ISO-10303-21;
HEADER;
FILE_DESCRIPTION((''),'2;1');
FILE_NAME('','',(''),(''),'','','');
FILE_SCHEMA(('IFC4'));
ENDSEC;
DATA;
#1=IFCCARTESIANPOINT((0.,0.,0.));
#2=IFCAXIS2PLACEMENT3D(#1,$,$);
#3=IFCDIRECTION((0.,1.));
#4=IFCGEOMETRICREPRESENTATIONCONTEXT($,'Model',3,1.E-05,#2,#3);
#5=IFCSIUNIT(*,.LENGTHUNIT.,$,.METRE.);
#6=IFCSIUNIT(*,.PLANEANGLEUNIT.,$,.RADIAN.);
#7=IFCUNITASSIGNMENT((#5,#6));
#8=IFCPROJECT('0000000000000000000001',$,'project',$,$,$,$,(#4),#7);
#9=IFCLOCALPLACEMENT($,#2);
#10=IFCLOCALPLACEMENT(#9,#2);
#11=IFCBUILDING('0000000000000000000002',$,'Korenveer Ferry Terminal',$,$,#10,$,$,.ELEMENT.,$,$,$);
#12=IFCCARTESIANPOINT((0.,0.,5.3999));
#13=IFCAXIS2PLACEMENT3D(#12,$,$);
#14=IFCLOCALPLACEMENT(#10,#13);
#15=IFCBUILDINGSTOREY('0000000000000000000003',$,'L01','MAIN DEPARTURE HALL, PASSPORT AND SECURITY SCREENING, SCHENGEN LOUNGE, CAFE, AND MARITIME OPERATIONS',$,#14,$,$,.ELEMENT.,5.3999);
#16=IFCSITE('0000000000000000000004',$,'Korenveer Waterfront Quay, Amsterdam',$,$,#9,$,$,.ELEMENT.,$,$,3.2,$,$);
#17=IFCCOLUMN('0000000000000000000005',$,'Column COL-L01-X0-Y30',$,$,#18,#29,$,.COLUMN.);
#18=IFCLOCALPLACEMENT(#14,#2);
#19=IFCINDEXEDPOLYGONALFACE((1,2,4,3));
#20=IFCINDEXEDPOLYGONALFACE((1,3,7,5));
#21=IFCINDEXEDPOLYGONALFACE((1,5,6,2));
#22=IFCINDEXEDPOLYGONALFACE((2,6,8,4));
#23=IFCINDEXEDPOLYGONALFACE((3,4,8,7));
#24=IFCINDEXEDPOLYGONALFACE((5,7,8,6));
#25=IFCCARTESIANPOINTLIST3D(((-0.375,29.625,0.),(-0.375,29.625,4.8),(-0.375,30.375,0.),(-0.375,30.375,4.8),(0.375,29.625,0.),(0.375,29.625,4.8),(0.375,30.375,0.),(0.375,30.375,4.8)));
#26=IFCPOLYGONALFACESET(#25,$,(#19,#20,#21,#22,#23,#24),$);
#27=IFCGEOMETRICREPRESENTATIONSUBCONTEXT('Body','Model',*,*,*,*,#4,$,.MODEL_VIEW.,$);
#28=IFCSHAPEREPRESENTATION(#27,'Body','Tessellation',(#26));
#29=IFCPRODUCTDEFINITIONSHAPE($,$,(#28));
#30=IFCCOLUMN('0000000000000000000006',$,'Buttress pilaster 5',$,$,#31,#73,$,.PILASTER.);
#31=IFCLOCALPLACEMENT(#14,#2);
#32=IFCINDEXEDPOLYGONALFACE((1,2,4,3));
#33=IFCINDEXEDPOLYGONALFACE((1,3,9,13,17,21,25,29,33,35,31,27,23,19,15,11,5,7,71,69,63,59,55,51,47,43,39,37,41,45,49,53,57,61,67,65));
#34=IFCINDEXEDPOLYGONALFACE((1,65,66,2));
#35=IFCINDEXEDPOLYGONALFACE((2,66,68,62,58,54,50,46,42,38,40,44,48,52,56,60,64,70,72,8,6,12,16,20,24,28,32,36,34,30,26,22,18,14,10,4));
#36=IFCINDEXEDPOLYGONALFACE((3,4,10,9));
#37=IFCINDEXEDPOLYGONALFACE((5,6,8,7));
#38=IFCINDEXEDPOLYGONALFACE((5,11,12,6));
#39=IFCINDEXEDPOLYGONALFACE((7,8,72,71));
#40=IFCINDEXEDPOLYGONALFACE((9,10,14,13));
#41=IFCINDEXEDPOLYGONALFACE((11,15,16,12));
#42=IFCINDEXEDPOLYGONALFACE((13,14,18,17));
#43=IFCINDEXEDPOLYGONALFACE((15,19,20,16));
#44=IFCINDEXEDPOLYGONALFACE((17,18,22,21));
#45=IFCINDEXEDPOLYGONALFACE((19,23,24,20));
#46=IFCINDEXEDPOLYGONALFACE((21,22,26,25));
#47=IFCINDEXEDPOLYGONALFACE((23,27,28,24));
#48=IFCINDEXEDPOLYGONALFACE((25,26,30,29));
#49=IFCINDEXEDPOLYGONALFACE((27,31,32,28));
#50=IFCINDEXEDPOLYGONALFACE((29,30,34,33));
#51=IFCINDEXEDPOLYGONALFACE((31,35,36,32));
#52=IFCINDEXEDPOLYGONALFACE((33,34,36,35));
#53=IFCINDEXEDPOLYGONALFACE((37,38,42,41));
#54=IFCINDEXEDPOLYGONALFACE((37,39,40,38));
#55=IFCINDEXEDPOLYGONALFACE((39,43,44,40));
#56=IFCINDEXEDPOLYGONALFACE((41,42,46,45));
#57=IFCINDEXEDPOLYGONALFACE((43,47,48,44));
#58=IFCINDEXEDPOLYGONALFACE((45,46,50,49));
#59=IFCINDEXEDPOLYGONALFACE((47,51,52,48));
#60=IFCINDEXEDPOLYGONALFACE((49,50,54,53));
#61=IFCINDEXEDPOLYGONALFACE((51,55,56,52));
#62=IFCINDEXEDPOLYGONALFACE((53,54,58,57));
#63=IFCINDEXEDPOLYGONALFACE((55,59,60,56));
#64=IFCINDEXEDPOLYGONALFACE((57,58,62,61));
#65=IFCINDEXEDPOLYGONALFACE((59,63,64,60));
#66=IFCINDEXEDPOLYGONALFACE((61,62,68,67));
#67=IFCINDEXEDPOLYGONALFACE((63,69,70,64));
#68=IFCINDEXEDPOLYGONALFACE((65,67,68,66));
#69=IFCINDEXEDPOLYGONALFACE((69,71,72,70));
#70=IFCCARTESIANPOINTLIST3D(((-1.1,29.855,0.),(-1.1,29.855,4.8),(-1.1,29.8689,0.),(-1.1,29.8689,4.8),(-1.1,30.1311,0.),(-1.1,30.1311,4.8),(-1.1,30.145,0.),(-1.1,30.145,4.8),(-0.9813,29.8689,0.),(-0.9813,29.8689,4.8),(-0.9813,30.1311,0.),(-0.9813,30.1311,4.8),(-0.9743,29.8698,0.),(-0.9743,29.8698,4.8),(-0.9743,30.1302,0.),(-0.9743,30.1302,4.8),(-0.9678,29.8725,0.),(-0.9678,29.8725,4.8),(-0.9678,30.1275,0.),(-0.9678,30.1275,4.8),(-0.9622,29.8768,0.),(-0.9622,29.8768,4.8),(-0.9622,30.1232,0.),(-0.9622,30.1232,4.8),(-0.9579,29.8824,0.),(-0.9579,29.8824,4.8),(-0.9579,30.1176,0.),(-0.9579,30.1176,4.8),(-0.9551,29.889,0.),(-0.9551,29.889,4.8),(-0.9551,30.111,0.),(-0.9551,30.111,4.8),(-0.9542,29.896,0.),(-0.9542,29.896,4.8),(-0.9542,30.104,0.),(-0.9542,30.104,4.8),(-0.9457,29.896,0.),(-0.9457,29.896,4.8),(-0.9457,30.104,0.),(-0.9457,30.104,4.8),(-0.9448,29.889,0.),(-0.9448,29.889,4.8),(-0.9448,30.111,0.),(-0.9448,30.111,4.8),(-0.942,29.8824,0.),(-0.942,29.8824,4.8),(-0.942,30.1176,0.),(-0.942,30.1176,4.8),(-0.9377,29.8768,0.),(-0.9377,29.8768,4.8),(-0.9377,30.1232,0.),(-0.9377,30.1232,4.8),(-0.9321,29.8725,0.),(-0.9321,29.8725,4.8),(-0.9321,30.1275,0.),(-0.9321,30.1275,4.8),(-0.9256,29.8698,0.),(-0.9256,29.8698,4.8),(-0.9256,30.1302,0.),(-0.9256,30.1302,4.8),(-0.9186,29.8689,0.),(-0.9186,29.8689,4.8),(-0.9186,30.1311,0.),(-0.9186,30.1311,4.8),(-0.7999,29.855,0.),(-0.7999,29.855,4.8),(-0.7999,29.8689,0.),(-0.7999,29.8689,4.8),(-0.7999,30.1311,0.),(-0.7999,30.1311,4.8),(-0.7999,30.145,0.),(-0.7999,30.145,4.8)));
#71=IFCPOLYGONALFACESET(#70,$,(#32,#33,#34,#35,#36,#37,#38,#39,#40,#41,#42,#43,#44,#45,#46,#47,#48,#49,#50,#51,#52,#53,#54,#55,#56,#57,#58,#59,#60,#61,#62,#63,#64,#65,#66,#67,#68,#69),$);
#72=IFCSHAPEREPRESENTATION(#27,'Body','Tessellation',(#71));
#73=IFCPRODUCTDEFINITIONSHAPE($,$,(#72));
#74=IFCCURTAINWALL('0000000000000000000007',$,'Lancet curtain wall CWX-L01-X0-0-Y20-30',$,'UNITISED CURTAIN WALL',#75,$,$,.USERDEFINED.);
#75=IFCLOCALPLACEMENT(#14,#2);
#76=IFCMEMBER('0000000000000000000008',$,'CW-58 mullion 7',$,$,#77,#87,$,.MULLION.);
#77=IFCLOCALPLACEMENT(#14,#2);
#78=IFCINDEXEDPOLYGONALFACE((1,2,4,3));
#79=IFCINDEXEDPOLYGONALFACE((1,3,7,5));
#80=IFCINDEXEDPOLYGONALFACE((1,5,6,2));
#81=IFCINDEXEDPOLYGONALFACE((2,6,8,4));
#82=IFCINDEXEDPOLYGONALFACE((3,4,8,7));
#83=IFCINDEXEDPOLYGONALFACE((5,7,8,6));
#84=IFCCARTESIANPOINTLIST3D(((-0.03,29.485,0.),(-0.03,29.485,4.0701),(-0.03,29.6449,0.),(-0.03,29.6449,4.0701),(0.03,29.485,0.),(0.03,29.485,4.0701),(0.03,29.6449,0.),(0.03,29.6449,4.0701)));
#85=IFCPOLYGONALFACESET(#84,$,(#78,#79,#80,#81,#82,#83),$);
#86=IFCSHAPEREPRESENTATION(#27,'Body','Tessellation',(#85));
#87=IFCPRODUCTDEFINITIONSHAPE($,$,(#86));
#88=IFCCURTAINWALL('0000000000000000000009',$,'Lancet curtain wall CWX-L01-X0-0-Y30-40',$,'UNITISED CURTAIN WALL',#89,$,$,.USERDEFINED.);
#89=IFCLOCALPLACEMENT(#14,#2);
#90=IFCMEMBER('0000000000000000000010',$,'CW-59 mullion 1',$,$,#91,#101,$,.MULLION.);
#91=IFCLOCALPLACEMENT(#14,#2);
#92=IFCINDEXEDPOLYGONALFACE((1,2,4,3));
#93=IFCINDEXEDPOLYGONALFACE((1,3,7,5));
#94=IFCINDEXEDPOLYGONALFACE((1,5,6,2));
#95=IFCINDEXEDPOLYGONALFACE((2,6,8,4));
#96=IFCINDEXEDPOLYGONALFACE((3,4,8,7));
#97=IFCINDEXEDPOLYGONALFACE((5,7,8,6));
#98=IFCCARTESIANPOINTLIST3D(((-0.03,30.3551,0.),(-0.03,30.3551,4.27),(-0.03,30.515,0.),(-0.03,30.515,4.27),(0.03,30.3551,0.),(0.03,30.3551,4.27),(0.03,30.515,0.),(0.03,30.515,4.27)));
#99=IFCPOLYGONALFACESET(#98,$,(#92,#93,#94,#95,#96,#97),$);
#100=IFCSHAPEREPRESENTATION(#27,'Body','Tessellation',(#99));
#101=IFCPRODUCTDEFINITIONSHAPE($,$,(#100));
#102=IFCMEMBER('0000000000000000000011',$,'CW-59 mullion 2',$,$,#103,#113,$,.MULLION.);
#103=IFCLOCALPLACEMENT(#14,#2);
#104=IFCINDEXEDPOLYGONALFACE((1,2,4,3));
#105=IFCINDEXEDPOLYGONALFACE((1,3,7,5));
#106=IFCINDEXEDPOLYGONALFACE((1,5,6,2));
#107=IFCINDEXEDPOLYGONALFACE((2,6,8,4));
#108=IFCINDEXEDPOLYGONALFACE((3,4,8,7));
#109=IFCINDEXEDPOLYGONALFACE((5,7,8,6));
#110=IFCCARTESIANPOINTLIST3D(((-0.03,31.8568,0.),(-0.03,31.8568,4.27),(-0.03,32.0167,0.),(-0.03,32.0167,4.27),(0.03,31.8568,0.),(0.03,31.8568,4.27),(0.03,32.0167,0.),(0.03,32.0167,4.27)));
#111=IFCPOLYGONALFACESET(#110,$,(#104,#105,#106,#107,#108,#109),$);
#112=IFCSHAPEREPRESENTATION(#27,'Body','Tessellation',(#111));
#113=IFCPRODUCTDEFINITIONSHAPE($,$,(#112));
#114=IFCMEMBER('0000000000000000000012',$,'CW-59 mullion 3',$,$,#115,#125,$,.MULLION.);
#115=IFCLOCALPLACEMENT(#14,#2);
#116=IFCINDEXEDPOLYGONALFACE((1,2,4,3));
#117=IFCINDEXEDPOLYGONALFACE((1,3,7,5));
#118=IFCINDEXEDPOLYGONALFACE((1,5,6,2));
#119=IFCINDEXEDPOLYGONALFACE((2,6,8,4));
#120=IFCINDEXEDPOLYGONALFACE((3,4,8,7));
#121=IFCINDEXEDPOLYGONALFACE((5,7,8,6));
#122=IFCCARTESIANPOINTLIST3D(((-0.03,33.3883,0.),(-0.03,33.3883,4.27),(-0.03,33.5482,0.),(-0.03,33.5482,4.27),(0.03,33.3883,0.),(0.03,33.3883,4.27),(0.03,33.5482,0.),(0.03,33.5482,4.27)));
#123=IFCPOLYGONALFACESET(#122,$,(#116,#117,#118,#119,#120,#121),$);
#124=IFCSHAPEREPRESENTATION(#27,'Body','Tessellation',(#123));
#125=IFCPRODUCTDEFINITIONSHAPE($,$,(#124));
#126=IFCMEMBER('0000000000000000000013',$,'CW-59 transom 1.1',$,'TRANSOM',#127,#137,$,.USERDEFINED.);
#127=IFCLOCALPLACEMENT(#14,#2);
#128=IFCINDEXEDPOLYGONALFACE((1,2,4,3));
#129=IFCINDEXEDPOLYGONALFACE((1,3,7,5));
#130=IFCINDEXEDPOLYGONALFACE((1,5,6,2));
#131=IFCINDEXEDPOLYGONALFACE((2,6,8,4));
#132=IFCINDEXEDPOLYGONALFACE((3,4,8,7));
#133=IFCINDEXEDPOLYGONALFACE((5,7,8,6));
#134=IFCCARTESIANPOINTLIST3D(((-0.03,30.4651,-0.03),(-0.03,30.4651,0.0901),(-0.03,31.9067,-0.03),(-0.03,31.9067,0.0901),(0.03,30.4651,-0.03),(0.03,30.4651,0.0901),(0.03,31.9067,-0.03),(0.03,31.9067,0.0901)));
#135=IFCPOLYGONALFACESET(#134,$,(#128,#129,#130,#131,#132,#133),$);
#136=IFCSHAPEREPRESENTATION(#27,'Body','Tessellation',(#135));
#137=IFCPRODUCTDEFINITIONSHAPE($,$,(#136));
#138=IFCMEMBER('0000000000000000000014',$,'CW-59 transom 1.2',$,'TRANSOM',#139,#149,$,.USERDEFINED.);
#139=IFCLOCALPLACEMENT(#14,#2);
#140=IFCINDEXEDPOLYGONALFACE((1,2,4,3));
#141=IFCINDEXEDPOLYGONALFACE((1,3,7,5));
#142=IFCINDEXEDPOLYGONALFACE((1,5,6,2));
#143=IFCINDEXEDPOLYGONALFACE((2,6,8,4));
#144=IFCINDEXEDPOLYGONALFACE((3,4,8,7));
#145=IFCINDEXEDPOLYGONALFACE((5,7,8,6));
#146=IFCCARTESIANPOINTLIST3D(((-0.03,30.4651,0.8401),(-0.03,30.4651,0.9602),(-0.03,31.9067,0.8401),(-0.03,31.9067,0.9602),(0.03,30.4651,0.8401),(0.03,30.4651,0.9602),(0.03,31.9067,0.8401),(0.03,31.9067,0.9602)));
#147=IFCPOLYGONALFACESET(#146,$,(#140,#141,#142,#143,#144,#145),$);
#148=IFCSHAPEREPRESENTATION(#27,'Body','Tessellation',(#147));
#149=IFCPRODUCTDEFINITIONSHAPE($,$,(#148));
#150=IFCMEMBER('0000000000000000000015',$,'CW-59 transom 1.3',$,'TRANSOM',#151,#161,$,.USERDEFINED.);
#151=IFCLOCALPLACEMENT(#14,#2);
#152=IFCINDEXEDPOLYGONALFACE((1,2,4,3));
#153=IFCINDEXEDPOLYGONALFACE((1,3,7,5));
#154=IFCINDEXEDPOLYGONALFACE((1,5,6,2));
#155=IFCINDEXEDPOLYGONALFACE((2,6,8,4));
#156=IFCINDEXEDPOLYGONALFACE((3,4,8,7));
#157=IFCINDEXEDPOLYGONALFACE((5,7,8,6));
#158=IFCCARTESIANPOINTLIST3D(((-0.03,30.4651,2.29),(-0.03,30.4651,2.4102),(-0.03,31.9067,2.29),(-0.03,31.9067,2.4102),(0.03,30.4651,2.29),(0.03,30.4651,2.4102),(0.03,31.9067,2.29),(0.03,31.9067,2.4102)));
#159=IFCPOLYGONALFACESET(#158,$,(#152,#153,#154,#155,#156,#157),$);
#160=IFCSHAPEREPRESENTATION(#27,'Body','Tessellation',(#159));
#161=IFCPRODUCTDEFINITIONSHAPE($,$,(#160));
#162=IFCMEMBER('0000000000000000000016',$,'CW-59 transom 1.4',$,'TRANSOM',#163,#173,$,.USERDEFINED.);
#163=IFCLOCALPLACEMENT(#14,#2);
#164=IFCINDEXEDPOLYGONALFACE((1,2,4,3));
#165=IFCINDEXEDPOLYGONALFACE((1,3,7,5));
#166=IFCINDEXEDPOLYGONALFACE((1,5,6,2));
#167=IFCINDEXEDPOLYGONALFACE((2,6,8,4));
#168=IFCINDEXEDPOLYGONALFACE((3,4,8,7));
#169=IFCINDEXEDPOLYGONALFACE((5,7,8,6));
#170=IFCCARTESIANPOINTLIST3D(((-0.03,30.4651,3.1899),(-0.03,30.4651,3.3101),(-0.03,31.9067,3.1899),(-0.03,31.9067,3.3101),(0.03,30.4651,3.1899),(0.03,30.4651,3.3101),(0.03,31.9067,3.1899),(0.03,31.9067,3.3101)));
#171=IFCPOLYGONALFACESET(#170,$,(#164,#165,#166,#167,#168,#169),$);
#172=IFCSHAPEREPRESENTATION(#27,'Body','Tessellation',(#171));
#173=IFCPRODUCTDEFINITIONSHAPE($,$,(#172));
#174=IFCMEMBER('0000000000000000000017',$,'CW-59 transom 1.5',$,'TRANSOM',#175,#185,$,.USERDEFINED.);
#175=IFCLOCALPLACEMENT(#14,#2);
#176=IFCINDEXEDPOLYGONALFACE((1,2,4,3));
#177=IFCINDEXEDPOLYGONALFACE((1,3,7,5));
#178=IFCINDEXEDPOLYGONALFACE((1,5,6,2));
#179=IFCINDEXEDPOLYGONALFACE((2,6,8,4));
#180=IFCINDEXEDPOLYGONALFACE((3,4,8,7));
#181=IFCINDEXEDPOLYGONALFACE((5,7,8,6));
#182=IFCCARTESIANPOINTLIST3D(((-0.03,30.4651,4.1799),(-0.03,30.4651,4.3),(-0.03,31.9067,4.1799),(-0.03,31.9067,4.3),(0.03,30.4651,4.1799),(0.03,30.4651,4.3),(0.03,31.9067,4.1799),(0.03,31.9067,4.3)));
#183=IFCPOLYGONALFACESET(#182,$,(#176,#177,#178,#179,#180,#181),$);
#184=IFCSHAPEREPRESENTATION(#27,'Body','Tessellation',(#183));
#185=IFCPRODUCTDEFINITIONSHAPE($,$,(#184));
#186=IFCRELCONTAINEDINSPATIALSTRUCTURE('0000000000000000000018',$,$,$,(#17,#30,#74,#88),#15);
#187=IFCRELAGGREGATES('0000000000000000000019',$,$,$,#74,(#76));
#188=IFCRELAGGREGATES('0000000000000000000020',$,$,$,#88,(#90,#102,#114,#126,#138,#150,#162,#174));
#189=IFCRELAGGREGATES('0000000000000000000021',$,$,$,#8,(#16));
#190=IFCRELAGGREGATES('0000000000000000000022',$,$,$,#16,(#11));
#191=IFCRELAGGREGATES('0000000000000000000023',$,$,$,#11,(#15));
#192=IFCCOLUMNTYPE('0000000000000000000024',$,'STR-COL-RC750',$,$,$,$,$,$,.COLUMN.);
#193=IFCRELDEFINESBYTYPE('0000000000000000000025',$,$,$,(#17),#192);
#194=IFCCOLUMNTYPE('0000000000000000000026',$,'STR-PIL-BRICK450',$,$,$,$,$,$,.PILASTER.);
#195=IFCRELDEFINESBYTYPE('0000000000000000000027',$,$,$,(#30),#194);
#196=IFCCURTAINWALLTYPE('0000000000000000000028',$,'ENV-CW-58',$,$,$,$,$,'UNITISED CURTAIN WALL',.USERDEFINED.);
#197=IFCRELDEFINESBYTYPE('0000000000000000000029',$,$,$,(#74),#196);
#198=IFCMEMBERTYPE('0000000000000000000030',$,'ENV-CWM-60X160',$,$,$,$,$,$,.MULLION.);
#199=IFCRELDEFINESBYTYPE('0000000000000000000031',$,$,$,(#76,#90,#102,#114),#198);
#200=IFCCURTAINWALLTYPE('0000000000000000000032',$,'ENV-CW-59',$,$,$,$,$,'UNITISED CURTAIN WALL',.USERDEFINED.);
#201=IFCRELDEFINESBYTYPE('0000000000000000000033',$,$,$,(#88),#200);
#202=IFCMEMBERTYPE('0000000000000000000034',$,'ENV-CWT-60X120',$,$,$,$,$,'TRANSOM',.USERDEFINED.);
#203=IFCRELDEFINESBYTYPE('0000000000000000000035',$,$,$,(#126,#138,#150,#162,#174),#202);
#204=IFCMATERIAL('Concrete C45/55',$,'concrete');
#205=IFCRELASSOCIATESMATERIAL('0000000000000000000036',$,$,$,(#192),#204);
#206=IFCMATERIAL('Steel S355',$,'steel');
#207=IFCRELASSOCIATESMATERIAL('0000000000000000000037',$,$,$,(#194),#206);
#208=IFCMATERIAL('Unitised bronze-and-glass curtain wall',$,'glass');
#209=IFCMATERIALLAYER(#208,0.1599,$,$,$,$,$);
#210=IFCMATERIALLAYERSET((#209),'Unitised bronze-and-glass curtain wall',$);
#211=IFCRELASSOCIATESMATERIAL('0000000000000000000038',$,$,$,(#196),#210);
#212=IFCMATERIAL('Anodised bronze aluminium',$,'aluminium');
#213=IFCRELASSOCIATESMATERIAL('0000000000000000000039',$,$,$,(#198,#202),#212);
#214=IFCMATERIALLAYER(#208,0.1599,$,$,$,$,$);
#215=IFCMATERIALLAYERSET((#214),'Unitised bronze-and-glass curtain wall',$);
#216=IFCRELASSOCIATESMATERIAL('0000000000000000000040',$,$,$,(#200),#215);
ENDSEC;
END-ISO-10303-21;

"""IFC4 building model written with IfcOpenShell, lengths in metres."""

from ifc_helpers import new_model, si_unit, direction, frame, origin, origin_2d, place, context, subcontext, project, spatial, rectangle, i_section, extrude, material, layer, layer_set, material_profile, profile_set, type_object, element, aggregate, save


model = new_model("IFC4")

# Units and contexts
model_context = context("Model", 3, precision=1e-05, world=origin(), true_north=direction((0.0, 1.0)))
body_context = subcontext(model_context, "Body", "Model", "MODEL_VIEW")
ifc_project = project(units=[si_unit("LENGTHUNIT", "METRE"), si_unit("PLANEANGLEUNIT", "RADIAN")], contexts=[model_context])

# Site, building, storey
site_placement = place(None, origin())
site = spatial("IfcSite", under=ifc_project, at=site_placement, Name="Korenveer Waterfront Quay, Amsterdam", CompositionType="ELEMENT", RefElevation=3.2)
building_placement = place(site_placement, origin())
building = spatial("IfcBuilding", under=site, at=building_placement, Name="Korenveer Ferry Terminal", CompositionType="ELEMENT")
storey_placement = place(building_placement, frame((0.0, 0.0, 5.3999)))
storey = spatial("IfcBuildingStorey", under=building, at=storey_placement, Name="L01", Description="MAIN DEPARTURE HALL, PASSPORT AND SECURITY SCREENING, SCHENGEN LOUNGE, CAFE, AND MARITIME OPERATIONS", CompositionType="ELEMENT", Elevation=5.3999)

# Columns
ifc_material_1 = material(Name="Concrete C45/55", Category="concrete")
ifc_material_profile_1 = material_profile(ifc_material_1, rectangle(XDim=0.75, YDim=0.75, at=origin_2d()), Name="RC 750x750")
ifc_profile_set_1 = profile_set([ifc_material_profile_1], Name="Concrete C45/55")
column_type_1 = type_object("IfcColumnType", Name="STR-COL-RC750", PredefinedType="COLUMN", material=ifc_profile_set_1)
column_1_placement = place(storey_placement, frame((0.0, 30.0, 0.0), z_axis=(0.0, 0.0, 1.0), x_axis=(1.0, 0.0, 0.0)))
element("IfcColumn", 1, at=column_1_placement, inside=storey, type_object=column_type_1, Name="Column COL-L01-X0-Y30", PredefinedType="COLUMN", context=body_context, shape_type="SweptSolid", body=[
    extrude(rectangle(XDim=0.75, YDim=0.75, at=origin_2d()), origin(), (0.0, 0.0, 1.0), 4.8),
])
ifc_material_2 = material(Name="Steel S355", Category="steel")
ifc_material_profile_2 = material_profile(ifc_material_2, i_section(OverallWidth=0.3, OverallDepth=0.29, WebThickness=0.0085, FlangeThickness=0.0139, FilletRadius=0.0271, at=origin_2d()), Name="HEA 300")
ifc_profile_set_2 = profile_set([ifc_material_profile_2], Name="Steel S355")
column_type_2 = type_object("IfcColumnType", Name="STR-PIL-BRICK450", PredefinedType="PILASTER", material=ifc_profile_set_2)
column_2_placement = place(storey_placement, frame((-0.95, 30.0, 0.0), z_axis=(0.0, 0.0, 1.0), x_axis=(1.0, 0.0, 0.0)))
element("IfcColumn", 2, at=column_2_placement, inside=storey, type_object=column_type_2, Name="Buttress pilaster 5", PredefinedType="PILASTER", context=body_context, shape_type="SweptSolid", body=[
    extrude(i_section(OverallWidth=0.3, OverallDepth=0.29, WebThickness=0.0085, FlangeThickness=0.0139, FilletRadius=0.0271, at=origin_2d()), origin(), (0.0, 0.0, 1.0), 4.8),
])

# Curtain wall, member
ifc_material_3 = material(Name="Unitised bronze-and-glass curtain wall", Category="glass")
ifc_layer_1 = layer(ifc_material_3, 0.1599)
ifc_layer_set_1 = layer_set([ifc_layer_1], Name="Unitised bronze-and-glass curtain wall")
curtain_wall_type_1 = type_object("IfcCurtainWallType", Name="ENV-CW-58", ElementType="UNITISED CURTAIN WALL", PredefinedType="USERDEFINED", material=ifc_layer_set_1)
curtain_wall_1_placement = place(storey_placement, frame((0.0, 20.405, 0.0)))
curtain_wall_1 = element("IfcCurtainWall", 3, at=curtain_wall_1_placement, inside=storey, type_object=curtain_wall_type_1, Name="Lancet curtain wall CWX-L01-X0-0-Y20-30", ObjectType="UNITISED CURTAIN WALL", PredefinedType="USERDEFINED")
ifc_material_4 = material(Name="Anodised bronze aluminium", Category="aluminium")
ifc_material_profile_3 = material_profile(ifc_material_4, rectangle(XDim=0.0601, YDim=0.1599, at=origin_2d()), Name="ALU 60x160")
ifc_profile_set_3 = profile_set([ifc_material_profile_3], Name="Anodised bronze aluminium")
member_type_1 = type_object("IfcMemberType", Name="ENV-CWM-60X160", PredefinedType="MULLION", material=ifc_profile_set_3)
member_1_placement = place(storey_placement, frame((0.0, 29.5649, 0.0), z_axis=(0.0, 0.0, 1.0), x_axis=(-1.0, 0.0, 0.0)))
member_1 = element("IfcMember", 4, at=member_1_placement, type_object=member_type_1, Name="CW-58 mullion 7", PredefinedType="MULLION", context=body_context, shape_type="SweptSolid", body=[
    extrude(rectangle(XDim=0.0601, YDim=0.1599, at=origin_2d()), origin(), (0.0, 0.0, 1.0), 4.0701),
])

# Curtain wall, members
ifc_layer_2 = layer(ifc_material_3, 0.1599)
ifc_layer_set_2 = layer_set([ifc_layer_2], Name="Unitised bronze-and-glass curtain wall")
curtain_wall_type_2 = type_object("IfcCurtainWallType", Name="ENV-CW-59", ElementType="UNITISED CURTAIN WALL", PredefinedType="USERDEFINED", material=ifc_layer_set_2)
curtain_wall_2_placement = place(storey_placement, frame((0.0, 30.405, 0.0)))
curtain_wall_2 = element("IfcCurtainWall", 5, at=curtain_wall_2_placement, inside=storey, type_object=curtain_wall_type_2, Name="Lancet curtain wall CWX-L01-X0-0-Y30-40", ObjectType="UNITISED CURTAIN WALL", PredefinedType="USERDEFINED")
member_2_placement = place(storey_placement, frame((0.0, 30.4351, 0.0), z_axis=(0.0, 0.0, 1.0), x_axis=(-1.0, 0.0, 0.0)))
member_2 = element("IfcMember", 6, at=member_2_placement, type_object=member_type_1, Name="CW-59 mullion 1", PredefinedType="MULLION", context=body_context, shape_type="SweptSolid", body=[
    extrude(rectangle(XDim=0.0601, YDim=0.1599, at=origin_2d()), origin(), (0.0, 0.0, 1.0), 4.27),
])
member_3_placement = place(storey_placement, frame((0.0, 31.9368, 0.0), z_axis=(0.0, 0.0, 1.0), x_axis=(-1.0, 0.0, 0.0)))
member_3 = element("IfcMember", 7, at=member_3_placement, type_object=member_type_1, Name="CW-59 mullion 2", PredefinedType="MULLION", context=body_context, shape_type="SweptSolid", body=[
    extrude(rectangle(XDim=0.0601, YDim=0.1599, at=origin_2d()), origin(), (0.0, 0.0, 1.0), 4.27),
])
member_4_placement = place(storey_placement, frame((0.0, 33.4683, 0.0), z_axis=(0.0, 0.0, 1.0), x_axis=(-1.0, 0.0, 0.0)))
member_4 = element("IfcMember", 8, at=member_4_placement, type_object=member_type_1, Name="CW-59 mullion 3", PredefinedType="MULLION", context=body_context, shape_type="SweptSolid", body=[
    extrude(rectangle(XDim=0.0601, YDim=0.1599, at=origin_2d()), origin(), (0.0, 0.0, 1.0), 4.27),
])
ifc_material_profile_4 = material_profile(ifc_material_4, rectangle(XDim=0.0601, YDim=0.1201, at=origin_2d()), Name="ALU 60x120")
ifc_profile_set_4 = profile_set([ifc_material_profile_4], Name="Anodised bronze aluminium")
member_type_2 = type_object("IfcMemberType", Name="ENV-CWT-60X120", ElementType="TRANSOM", PredefinedType="USERDEFINED", material=ifc_profile_set_4)
member_5_placement = place(storey_placement, frame((0.0, 30.4651, 0.03), z_axis=(0.0, 1.0, 0.0), x_axis=(-1.0, 0.0, 0.0)))
member_5 = element("IfcMember", 9, at=member_5_placement, type_object=member_type_2, Name="CW-59 transom 1.1", ObjectType="TRANSOM", PredefinedType="USERDEFINED", context=body_context, shape_type="SweptSolid", body=[
    extrude(rectangle(XDim=0.0601, YDim=0.1201, at=origin_2d()), origin(), (0.0, 0.0, 1.0), 1.4417),
])
member_6_placement = place(storey_placement, frame((0.0, 30.4651, 0.9001), z_axis=(0.0, 1.0, 0.0), x_axis=(-1.0, 0.0, 0.0)))
member_6 = element("IfcMember", 10, at=member_6_placement, type_object=member_type_2, Name="CW-59 transom 1.2", ObjectType="TRANSOM", PredefinedType="USERDEFINED", context=body_context, shape_type="SweptSolid", body=[
    extrude(rectangle(XDim=0.0601, YDim=0.1201, at=origin_2d()), origin(), (0.0, 0.0, 1.0), 1.4417),
])
member_7_placement = place(storey_placement, frame((0.0, 30.4651, 2.3501), z_axis=(0.0, 1.0, 0.0), x_axis=(-1.0, 0.0, 0.0)))
member_7 = element("IfcMember", 11, at=member_7_placement, type_object=member_type_2, Name="CW-59 transom 1.3", ObjectType="TRANSOM", PredefinedType="USERDEFINED", context=body_context, shape_type="SweptSolid", body=[
    extrude(rectangle(XDim=0.0601, YDim=0.1201, at=origin_2d()), origin(), (0.0, 0.0, 1.0), 1.4417),
])
member_8_placement = place(storey_placement, frame((0.0, 30.4651, 3.25), z_axis=(0.0, 1.0, 0.0), x_axis=(-1.0, 0.0, 0.0)))
member_8 = element("IfcMember", 12, at=member_8_placement, type_object=member_type_2, Name="CW-59 transom 1.4", ObjectType="TRANSOM", PredefinedType="USERDEFINED", context=body_context, shape_type="SweptSolid", body=[
    extrude(rectangle(XDim=0.0601, YDim=0.1201, at=origin_2d()), origin(), (0.0, 0.0, 1.0), 1.4417),
])
member_9_placement = place(storey_placement, frame((0.0, 30.4651, 4.24), z_axis=(0.0, 1.0, 0.0), x_axis=(-1.0, 0.0, 0.0)))
member_9 = element("IfcMember", 13, at=member_9_placement, type_object=member_type_2, Name="CW-59 transom 1.5", ObjectType="TRANSOM", PredefinedType="USERDEFINED", context=body_context, shape_type="SweptSolid", body=[
    extrude(rectangle(XDim=0.0601, YDim=0.1201, at=origin_2d()), origin(), (0.0, 0.0, 1.0), 1.4417),
])

aggregate(curtain_wall_1, [member_1])
aggregate(curtain_wall_2, [member_2, member_3, member_4, member_5, member_6, member_7, member_8, member_9])

save(model, "model.ifc")
